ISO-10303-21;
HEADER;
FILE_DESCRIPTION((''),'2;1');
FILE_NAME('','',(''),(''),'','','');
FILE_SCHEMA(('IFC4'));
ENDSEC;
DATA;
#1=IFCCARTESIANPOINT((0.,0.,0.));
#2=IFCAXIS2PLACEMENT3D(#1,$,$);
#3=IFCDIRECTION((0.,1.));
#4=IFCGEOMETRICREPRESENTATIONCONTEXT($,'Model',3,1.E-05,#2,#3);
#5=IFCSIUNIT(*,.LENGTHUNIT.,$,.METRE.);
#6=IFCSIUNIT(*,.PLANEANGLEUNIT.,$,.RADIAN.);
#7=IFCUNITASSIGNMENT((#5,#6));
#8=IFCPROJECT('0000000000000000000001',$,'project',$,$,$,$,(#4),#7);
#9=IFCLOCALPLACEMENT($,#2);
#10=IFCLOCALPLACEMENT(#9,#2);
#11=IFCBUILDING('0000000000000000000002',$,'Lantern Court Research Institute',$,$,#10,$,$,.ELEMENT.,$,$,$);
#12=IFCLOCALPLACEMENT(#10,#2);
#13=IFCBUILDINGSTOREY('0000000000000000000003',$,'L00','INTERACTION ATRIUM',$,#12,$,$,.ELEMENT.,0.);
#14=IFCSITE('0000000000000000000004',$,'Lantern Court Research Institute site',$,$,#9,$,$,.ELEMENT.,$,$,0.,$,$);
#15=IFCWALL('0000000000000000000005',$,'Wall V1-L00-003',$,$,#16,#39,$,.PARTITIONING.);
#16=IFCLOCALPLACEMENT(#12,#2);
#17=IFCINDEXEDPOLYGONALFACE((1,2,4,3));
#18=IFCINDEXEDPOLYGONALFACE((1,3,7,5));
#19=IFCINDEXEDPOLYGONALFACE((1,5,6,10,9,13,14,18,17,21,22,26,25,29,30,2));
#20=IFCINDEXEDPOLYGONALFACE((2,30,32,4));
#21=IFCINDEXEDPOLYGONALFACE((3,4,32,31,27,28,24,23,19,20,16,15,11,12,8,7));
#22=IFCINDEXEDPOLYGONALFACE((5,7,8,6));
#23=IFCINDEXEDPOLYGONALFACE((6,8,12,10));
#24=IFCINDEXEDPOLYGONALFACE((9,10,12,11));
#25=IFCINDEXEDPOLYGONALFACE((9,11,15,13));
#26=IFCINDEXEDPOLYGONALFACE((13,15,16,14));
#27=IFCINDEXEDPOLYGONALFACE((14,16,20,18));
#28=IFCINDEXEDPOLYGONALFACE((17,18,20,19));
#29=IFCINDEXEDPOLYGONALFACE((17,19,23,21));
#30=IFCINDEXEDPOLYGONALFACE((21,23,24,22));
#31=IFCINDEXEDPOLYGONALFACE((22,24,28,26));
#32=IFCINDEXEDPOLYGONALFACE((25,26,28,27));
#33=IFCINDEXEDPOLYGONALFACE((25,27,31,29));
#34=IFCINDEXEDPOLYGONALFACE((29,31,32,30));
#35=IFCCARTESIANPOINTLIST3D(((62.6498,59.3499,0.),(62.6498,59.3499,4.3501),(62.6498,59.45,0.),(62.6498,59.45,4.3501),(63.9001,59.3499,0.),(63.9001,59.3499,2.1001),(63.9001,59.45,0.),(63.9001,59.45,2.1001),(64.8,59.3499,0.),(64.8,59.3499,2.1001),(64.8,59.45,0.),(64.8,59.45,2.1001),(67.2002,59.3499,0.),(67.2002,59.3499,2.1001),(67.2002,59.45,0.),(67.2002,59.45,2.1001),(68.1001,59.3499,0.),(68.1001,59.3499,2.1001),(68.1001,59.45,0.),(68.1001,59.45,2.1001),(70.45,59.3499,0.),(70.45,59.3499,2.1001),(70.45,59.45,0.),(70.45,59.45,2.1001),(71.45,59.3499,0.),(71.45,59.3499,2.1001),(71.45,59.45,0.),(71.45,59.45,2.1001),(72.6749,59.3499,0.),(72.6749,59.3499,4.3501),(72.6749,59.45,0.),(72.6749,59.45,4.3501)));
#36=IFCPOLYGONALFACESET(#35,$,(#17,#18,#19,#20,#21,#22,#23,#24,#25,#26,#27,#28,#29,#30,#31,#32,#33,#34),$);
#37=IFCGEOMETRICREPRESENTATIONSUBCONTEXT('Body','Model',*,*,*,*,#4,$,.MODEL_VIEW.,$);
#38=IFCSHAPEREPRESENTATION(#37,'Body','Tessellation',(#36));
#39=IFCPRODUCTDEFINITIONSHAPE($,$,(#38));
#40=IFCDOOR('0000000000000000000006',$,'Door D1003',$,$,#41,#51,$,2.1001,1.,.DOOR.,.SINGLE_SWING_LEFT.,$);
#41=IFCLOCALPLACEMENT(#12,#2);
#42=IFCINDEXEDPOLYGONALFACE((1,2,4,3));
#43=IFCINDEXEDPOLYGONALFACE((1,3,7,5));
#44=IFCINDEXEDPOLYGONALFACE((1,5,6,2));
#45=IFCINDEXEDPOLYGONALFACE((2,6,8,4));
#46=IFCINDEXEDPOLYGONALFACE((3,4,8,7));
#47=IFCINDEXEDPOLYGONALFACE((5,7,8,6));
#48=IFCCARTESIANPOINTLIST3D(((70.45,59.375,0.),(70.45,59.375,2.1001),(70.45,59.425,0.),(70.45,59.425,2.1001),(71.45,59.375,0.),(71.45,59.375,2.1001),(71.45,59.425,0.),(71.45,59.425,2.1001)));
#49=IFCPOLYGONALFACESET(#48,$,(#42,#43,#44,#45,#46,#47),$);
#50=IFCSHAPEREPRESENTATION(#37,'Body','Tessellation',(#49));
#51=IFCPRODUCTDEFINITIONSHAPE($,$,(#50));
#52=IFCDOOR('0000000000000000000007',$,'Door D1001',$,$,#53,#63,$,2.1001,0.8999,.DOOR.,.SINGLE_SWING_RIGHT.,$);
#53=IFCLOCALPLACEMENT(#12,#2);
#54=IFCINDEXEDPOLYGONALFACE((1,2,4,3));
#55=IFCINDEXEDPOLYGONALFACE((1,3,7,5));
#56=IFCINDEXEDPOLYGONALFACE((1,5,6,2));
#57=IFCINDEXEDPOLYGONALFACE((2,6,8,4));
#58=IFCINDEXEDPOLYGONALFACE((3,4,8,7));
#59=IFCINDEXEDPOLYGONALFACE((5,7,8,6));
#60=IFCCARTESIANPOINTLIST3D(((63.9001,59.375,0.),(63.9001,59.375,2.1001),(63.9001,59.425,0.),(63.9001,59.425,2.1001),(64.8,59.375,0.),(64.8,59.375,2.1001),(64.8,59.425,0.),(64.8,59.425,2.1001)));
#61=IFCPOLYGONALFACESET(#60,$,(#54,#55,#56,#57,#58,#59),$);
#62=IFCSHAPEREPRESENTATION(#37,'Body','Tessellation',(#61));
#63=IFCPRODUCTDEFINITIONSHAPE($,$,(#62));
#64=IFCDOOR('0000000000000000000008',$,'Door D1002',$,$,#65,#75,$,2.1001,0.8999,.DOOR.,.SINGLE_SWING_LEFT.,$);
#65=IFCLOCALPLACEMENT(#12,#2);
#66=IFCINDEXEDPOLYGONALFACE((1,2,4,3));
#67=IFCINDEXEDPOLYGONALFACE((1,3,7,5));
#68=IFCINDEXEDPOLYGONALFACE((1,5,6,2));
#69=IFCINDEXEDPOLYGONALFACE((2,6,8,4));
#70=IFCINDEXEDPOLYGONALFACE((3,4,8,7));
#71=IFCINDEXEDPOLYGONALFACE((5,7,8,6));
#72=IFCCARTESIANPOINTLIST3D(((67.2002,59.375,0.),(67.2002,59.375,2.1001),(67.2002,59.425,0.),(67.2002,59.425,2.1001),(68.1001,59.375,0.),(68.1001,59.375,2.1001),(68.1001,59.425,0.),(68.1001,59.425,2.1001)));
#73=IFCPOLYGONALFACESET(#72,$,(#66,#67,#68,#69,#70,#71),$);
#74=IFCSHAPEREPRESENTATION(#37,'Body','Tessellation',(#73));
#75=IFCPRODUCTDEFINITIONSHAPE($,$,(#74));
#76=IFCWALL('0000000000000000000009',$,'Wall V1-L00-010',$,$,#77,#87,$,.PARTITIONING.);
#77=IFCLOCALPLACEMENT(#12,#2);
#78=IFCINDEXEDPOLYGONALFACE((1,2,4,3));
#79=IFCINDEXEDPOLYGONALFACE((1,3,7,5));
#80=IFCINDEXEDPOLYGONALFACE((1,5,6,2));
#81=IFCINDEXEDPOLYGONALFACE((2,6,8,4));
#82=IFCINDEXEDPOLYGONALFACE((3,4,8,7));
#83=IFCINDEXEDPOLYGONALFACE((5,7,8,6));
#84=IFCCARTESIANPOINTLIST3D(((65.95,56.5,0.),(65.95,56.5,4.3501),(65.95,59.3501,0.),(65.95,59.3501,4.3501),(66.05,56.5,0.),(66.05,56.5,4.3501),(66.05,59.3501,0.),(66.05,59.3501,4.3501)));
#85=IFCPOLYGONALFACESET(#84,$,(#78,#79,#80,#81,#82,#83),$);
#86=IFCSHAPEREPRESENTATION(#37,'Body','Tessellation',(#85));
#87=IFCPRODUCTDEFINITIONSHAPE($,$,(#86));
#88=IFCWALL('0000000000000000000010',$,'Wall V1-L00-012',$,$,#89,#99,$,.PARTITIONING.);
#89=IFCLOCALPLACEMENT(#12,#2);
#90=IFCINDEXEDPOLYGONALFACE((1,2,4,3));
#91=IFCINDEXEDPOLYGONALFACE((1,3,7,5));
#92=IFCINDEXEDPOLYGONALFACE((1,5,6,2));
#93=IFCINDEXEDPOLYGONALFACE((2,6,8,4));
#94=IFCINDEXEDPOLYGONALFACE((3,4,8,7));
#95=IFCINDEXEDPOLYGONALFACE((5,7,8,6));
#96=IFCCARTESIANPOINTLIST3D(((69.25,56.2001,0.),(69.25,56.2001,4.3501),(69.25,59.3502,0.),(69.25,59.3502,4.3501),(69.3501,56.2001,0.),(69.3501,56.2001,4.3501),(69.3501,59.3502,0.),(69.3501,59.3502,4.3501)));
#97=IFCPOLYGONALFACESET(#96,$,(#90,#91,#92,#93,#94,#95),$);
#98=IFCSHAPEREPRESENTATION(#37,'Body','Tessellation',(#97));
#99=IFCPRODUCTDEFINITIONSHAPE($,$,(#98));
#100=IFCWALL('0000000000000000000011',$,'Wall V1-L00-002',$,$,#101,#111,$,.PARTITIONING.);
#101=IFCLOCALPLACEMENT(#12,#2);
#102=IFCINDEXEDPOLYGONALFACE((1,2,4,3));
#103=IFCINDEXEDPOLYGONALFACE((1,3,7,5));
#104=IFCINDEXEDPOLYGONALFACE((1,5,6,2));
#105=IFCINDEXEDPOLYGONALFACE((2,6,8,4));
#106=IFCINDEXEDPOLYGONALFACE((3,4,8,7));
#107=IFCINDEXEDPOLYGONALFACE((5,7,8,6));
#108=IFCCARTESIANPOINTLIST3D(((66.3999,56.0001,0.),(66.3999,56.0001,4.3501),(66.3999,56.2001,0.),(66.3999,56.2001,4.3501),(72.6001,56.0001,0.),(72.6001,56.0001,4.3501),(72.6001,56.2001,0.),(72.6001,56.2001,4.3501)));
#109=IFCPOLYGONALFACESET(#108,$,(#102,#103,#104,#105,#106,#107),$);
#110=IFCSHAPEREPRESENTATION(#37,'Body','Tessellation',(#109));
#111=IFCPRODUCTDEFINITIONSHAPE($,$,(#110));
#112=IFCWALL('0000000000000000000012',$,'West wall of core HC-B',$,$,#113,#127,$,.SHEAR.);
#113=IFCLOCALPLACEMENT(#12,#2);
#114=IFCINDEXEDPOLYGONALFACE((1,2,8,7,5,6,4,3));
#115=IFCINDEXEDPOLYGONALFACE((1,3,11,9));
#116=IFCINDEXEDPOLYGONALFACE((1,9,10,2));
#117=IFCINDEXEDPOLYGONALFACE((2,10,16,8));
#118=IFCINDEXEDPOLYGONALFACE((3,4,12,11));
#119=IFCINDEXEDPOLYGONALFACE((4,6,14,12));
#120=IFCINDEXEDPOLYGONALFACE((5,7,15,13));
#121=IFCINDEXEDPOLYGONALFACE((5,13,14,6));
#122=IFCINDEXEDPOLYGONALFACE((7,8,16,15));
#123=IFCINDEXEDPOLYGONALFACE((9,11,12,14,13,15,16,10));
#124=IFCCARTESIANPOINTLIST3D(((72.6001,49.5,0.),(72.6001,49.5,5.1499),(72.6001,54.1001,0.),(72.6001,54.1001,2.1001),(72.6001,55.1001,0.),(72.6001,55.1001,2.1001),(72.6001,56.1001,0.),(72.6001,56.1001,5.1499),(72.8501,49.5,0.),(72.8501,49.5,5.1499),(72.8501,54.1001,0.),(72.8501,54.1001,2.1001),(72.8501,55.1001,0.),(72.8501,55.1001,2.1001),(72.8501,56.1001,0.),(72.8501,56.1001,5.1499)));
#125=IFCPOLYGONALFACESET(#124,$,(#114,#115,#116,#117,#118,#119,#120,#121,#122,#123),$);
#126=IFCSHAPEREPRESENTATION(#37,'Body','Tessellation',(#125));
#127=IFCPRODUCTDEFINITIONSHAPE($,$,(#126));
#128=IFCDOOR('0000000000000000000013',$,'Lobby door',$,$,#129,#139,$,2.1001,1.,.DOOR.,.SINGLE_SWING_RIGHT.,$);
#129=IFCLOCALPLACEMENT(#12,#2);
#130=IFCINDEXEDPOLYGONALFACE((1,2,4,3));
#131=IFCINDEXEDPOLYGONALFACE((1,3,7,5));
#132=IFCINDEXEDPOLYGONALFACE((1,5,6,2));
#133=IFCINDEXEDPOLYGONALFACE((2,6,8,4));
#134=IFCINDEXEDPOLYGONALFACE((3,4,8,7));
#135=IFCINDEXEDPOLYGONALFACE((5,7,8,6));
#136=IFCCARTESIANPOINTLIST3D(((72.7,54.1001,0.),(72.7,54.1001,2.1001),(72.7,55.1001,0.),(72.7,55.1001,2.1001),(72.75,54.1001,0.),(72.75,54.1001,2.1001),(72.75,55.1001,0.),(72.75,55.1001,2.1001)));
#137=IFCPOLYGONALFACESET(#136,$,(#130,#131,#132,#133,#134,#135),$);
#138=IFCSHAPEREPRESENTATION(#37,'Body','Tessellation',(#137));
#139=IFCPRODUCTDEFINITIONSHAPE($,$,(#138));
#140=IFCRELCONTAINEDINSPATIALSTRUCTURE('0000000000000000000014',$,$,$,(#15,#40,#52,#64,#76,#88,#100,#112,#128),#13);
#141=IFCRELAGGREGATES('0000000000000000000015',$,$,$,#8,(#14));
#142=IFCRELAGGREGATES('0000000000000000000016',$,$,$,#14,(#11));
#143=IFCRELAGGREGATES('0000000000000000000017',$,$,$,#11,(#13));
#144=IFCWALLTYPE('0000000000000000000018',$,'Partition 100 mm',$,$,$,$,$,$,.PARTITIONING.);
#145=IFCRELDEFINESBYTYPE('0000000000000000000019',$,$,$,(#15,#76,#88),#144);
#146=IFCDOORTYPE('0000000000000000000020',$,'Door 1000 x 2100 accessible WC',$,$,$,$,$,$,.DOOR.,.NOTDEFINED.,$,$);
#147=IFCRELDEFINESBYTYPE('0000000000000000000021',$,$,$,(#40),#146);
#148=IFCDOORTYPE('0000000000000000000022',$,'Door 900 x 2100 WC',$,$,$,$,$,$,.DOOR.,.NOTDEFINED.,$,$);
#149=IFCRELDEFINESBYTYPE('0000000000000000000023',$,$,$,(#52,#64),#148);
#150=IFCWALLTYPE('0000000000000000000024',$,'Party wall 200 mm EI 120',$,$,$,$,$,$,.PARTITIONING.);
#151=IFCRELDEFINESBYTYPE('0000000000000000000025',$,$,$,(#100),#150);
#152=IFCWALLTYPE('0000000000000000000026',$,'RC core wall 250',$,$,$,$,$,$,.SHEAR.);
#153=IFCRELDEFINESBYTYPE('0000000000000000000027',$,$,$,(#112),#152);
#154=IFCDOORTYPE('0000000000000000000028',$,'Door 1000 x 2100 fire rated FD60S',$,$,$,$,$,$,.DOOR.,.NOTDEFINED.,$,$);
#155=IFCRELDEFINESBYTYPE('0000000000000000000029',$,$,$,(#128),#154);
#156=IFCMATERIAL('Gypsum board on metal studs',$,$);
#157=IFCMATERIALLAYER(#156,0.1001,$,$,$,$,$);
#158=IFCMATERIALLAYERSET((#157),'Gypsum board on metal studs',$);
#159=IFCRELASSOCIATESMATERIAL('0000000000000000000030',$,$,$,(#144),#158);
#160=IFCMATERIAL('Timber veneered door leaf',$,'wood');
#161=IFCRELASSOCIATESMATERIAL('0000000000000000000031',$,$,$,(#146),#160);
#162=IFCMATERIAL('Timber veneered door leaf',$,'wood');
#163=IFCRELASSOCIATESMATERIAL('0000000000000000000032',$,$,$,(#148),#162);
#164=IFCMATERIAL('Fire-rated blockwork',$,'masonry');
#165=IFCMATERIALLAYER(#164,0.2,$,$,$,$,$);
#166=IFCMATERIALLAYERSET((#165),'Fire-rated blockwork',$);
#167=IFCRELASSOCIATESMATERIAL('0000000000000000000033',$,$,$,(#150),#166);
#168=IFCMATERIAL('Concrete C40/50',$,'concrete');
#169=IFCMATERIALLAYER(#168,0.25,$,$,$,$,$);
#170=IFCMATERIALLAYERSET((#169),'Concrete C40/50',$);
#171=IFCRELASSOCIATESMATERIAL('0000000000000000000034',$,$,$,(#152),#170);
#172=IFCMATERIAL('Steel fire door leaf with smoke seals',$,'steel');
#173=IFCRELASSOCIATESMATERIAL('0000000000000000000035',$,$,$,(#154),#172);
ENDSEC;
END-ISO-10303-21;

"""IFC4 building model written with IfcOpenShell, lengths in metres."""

from ifc_helpers import new_model, si_unit, direction, frame, frame_2d, origin, place, context, subcontext, project, spatial, rectangle, extrude, material, layer, layer_set, type_object, element, fill, save


model = new_model("IFC4")

# Units and contexts
model_context = context("Model", 3, precision=1e-05, world=origin(), true_north=direction((0.0, 1.0)))
body_context = subcontext(model_context, "Body", "Model", "MODEL_VIEW")
ifc_project = project(units=[si_unit("LENGTHUNIT", "METRE"), si_unit("PLANEANGLEUNIT", "RADIAN")], contexts=[model_context])

# Site, building, storey
site_placement = place(None, origin())
site = spatial("IfcSite", under=ifc_project, at=site_placement, Name="Lantern Court Research Institute site", CompositionType="ELEMENT", RefElevation=0.0)
building_placement = place(site_placement, origin())
building = spatial("IfcBuilding", under=site, at=building_placement, Name="Lantern Court Research Institute", CompositionType="ELEMENT")
storey_placement = place(building_placement, origin())
storey = spatial("IfcBuildingStorey", under=building, at=storey_placement, Name="L00", Description="INTERACTION ATRIUM", CompositionType="ELEMENT", Elevation=0.0)

# Wall, openings, doors
ifc_material_1 = material(Name="Gypsum board on metal studs")
ifc_layer_1 = layer(ifc_material_1, 0.1001)
ifc_layer_set_1 = layer_set([ifc_layer_1], Name="Gypsum board on metal studs")
wall_type_1 = type_object("IfcWallType", Name="Partition 100 mm", PredefinedType="PARTITIONING", material=ifc_layer_set_1)
wall_1_placement = place(storey_placement, frame((72.675, 59.3999, 0.0), z_axis=(0.0, 0.0, 1.0), x_axis=(-1.0, 0.0, 0.0)))
wall_1 = element("IfcWall", 1, at=wall_1_placement, inside=storey, type_object=wall_type_1, Name="Wall V1-L00-003", PredefinedType="PARTITIONING", context=body_context, shape_type="SweptSolid", body=[
    extrude(rectangle(XDim=10.0251, YDim=0.1001, at=frame_2d((5.0127, 0.0))), origin(), (0.0, 0.0, 1.0), 4.3501),
])
opening_1_placement = place(wall_1_placement, frame((7.875, 0.0, 0.0)))
opening_1 = element("IfcOpeningElement", 2, at=opening_1_placement, cuts=wall_1, PredefinedType="OPENING", context=body_context, shape_type="SweptSolid", body=[
    extrude(rectangle(XDim=0.8999, YDim=2.1001, at=frame_2d((0.45, 1.05))), frame((0.0, 0.0601, 0.0), z_axis=(0.0, -1.0, 0.0), x_axis=(1.0, 0.0, 0.0)), (0.0, 0.0, 1.0), 0.1201),
])
opening_2_placement = place(wall_1_placement, frame((4.575, 0.0, 0.0)))
opening_2 = element("IfcOpeningElement", 3, at=opening_2_placement, cuts=wall_1, PredefinedType="OPENING", context=body_context, shape_type="SweptSolid", body=[
    extrude(rectangle(XDim=0.8999, YDim=2.1001, at=frame_2d((0.45, 1.05))), frame((0.0, 0.0601, 0.0), z_axis=(0.0, -1.0, 0.0), x_axis=(1.0, 0.0, 0.0)), (0.0, 0.0, 1.0), 0.1201),
])
opening_3_placement = place(wall_1_placement, frame((1.2251, 0.0, 0.0)))
opening_3 = element("IfcOpeningElement", 4, at=opening_3_placement, cuts=wall_1, PredefinedType="OPENING", context=body_context, shape_type="SweptSolid", body=[
    extrude(rectangle(XDim=1.0, YDim=2.1001, at=frame_2d((0.5, 1.05))), frame((0.0, 0.0601, 0.0), z_axis=(0.0, -1.0, 0.0), x_axis=(1.0, 0.0, 0.0)), (0.0, 0.0, 1.0), 0.1201),
])
ifc_material_2 = material(Name="Timber veneered door leaf", Category="wood")
door_type_1 = type_object("IfcDoorType", Name="Door 1000 x 2100 accessible WC", OperationType="NOTDEFINED", PredefinedType="DOOR", material=ifc_material_2)
door_1_placement = place(opening_3_placement, origin())
door_1 = element("IfcDoor", 5, at=door_1_placement, inside=storey, type_object=door_type_1, Name="Door D1003", OperationType="SINGLE_SWING_LEFT", OverallHeight=2.1001, OverallWidth=1.0, PredefinedType="DOOR", context=body_context, shape_type="SweptSolid", body=[
    extrude(rectangle(XDim=1.0, YDim=2.1001, at=frame_2d((0.5, 1.05))), frame((0.0, 0.0249, 0.0), z_axis=(0.0, -1.0, 0.0), x_axis=(1.0, 0.0, 0.0)), (0.0, 0.0, 1.0), 0.05),
])
fill(opening_3, door_1)
ifc_material_3 = material(Name="Timber veneered door leaf", Category="wood")
door_type_2 = type_object("IfcDoorType", Name="Door 900 x 2100 WC", OperationType="NOTDEFINED", PredefinedType="DOOR", material=ifc_material_3)
door_2_placement = place(opening_1_placement, origin())
door_2 = element("IfcDoor", 6, at=door_2_placement, inside=storey, type_object=door_type_2, Name="Door D1001", OperationType="SINGLE_SWING_RIGHT", OverallHeight=2.1001, OverallWidth=0.8999, PredefinedType="DOOR", context=body_context, shape_type="SweptSolid", body=[
    extrude(rectangle(XDim=0.8999, YDim=2.1001, at=frame_2d((0.45, 1.05))), frame((0.0, 0.0249, 0.0), z_axis=(0.0, -1.0, 0.0), x_axis=(1.0, 0.0, 0.0)), (0.0, 0.0, 1.0), 0.05),
])
fill(opening_1, door_2)
door_3_placement = place(opening_2_placement, origin())
door_3 = element("IfcDoor", 7, at=door_3_placement, inside=storey, type_object=door_type_2, Name="Door D1002", OperationType="SINGLE_SWING_LEFT", OverallHeight=2.1001, OverallWidth=0.8999, PredefinedType="DOOR", context=body_context, shape_type="SweptSolid", body=[
    extrude(rectangle(XDim=0.8999, YDim=2.1001, at=frame_2d((0.45, 1.05))), frame((0.0, 0.0249, 0.0), z_axis=(0.0, -1.0, 0.0), x_axis=(1.0, 0.0, 0.0)), (0.0, 0.0, 1.0), 0.05),
])
fill(opening_2, door_3)

# Walls
wall_2_placement = place(storey_placement, frame((66.0, 56.5, 0.0), z_axis=(0.0, 0.0, 1.0), x_axis=(0.0, 1.0, 0.0)))
element("IfcWall", 8, at=wall_2_placement, inside=storey, type_object=wall_type_1, Name="Wall V1-L00-010", PredefinedType="PARTITIONING", context=body_context, shape_type="SweptSolid", body=[
    extrude(rectangle(XDim=2.8501, YDim=0.1001, at=frame_2d((1.425, 0.0))), origin(), (0.0, 0.0, 1.0), 4.3501),
])
wall_3_placement = place(storey_placement, frame((69.3, 56.2, 0.0), z_axis=(0.0, 0.0, 1.0), x_axis=(0.0, 1.0, 0.0)))
element("IfcWall", 9, at=wall_3_placement, inside=storey, type_object=wall_type_1, Name="Wall V1-L00-012", PredefinedType="PARTITIONING", context=body_context, shape_type="SweptSolid", body=[
    extrude(rectangle(XDim=3.1501, YDim=0.1001, at=frame_2d((1.5752, 0.0))), origin(), (0.0, 0.0, 1.0), 4.3501),
])
ifc_material_4 = material(Name="Fire-rated blockwork", Category="masonry")
ifc_layer_2 = layer(ifc_material_4, 0.2)
ifc_layer_set_2 = layer_set([ifc_layer_2], Name="Fire-rated blockwork")
wall_type_2 = type_object("IfcWallType", Name="Party wall 200 mm EI 120", PredefinedType="PARTITIONING", material=ifc_layer_set_2)
wall_4_placement = place(storey_placement, frame((66.3999, 56.1001, 0.0), z_axis=(0.0, 0.0, 1.0), x_axis=(1.0, 0.0, 0.0)))
element("IfcWall", 10, at=wall_4_placement, inside=storey, type_object=wall_type_2, Name="Wall V1-L00-002", PredefinedType="PARTITIONING", context=body_context, shape_type="SweptSolid", body=[
    extrude(rectangle(XDim=6.2002, YDim=0.2, at=frame_2d((3.1001, 0.0))), origin(), (0.0, 0.0, 1.0), 4.3501),
])

# Wall, opening, door
ifc_material_5 = material(Name="Concrete C40/50", Category="concrete")
ifc_layer_3 = layer(ifc_material_5, 0.25)
ifc_layer_set_3 = layer_set([ifc_layer_3], Name="Concrete C40/50")
wall_type_3 = type_object("IfcWallType", Name="RC core wall 250", PredefinedType="SHEAR", material=ifc_layer_set_3)
wall_5_placement = place(storey_placement, frame((72.7251, 56.1001, 0.0), z_axis=(0.0, 0.0, 1.0), x_axis=(0.0, -1.0, 0.0)))
wall_5 = element("IfcWall", 11, at=wall_5_placement, inside=storey, type_object=wall_type_3, Name="West wall of core HC-B", PredefinedType="SHEAR", context=body_context, shape_type="SweptSolid", body=[
    extrude(rectangle(XDim=6.6001, YDim=0.25, at=frame_2d((3.3, 0.0))), origin(), (0.0, 0.0, 1.0), 5.1499),
])
opening_4_placement = place(wall_5_placement, frame((1.0, 0.0, 0.0)))
opening_4 = element("IfcOpeningElement", 12, at=opening_4_placement, cuts=wall_5, PredefinedType="OPENING", context=body_context, shape_type="SweptSolid", body=[
    extrude(rectangle(XDim=1.0, YDim=2.1001, at=frame_2d((0.5, 1.05))), frame((0.0, 0.135, 0.0), z_axis=(0.0, -1.0, 0.0), x_axis=(1.0, 0.0, 0.0)), (0.0, 0.0, 1.0), 0.27),
])
ifc_material_6 = material(Name="Steel fire door leaf with smoke seals", Category="steel")
door_type_3 = type_object("IfcDoorType", Name="Door 1000 x 2100 fire rated FD60S", OperationType="NOTDEFINED", PredefinedType="DOOR", material=ifc_material_6)
door_4_placement = place(opening_4_placement, origin())
door_4 = element("IfcDoor", 13, at=door_4_placement, inside=storey, type_object=door_type_3, Name="Lobby door", OperationType="SINGLE_SWING_RIGHT", OverallHeight=2.1001, OverallWidth=1.0, PredefinedType="DOOR", context=body_context, shape_type="SweptSolid", body=[
    extrude(rectangle(XDim=1.0, YDim=2.1001, at=frame_2d((0.5, 1.05))), frame((0.0, 0.0249, 0.0), z_axis=(0.0, -1.0, 0.0), x_axis=(1.0, 0.0, 0.0)), (0.0, 0.0, 1.0), 0.05),
])
fill(opening_4, door_4)

save(model, "model.ifc")
